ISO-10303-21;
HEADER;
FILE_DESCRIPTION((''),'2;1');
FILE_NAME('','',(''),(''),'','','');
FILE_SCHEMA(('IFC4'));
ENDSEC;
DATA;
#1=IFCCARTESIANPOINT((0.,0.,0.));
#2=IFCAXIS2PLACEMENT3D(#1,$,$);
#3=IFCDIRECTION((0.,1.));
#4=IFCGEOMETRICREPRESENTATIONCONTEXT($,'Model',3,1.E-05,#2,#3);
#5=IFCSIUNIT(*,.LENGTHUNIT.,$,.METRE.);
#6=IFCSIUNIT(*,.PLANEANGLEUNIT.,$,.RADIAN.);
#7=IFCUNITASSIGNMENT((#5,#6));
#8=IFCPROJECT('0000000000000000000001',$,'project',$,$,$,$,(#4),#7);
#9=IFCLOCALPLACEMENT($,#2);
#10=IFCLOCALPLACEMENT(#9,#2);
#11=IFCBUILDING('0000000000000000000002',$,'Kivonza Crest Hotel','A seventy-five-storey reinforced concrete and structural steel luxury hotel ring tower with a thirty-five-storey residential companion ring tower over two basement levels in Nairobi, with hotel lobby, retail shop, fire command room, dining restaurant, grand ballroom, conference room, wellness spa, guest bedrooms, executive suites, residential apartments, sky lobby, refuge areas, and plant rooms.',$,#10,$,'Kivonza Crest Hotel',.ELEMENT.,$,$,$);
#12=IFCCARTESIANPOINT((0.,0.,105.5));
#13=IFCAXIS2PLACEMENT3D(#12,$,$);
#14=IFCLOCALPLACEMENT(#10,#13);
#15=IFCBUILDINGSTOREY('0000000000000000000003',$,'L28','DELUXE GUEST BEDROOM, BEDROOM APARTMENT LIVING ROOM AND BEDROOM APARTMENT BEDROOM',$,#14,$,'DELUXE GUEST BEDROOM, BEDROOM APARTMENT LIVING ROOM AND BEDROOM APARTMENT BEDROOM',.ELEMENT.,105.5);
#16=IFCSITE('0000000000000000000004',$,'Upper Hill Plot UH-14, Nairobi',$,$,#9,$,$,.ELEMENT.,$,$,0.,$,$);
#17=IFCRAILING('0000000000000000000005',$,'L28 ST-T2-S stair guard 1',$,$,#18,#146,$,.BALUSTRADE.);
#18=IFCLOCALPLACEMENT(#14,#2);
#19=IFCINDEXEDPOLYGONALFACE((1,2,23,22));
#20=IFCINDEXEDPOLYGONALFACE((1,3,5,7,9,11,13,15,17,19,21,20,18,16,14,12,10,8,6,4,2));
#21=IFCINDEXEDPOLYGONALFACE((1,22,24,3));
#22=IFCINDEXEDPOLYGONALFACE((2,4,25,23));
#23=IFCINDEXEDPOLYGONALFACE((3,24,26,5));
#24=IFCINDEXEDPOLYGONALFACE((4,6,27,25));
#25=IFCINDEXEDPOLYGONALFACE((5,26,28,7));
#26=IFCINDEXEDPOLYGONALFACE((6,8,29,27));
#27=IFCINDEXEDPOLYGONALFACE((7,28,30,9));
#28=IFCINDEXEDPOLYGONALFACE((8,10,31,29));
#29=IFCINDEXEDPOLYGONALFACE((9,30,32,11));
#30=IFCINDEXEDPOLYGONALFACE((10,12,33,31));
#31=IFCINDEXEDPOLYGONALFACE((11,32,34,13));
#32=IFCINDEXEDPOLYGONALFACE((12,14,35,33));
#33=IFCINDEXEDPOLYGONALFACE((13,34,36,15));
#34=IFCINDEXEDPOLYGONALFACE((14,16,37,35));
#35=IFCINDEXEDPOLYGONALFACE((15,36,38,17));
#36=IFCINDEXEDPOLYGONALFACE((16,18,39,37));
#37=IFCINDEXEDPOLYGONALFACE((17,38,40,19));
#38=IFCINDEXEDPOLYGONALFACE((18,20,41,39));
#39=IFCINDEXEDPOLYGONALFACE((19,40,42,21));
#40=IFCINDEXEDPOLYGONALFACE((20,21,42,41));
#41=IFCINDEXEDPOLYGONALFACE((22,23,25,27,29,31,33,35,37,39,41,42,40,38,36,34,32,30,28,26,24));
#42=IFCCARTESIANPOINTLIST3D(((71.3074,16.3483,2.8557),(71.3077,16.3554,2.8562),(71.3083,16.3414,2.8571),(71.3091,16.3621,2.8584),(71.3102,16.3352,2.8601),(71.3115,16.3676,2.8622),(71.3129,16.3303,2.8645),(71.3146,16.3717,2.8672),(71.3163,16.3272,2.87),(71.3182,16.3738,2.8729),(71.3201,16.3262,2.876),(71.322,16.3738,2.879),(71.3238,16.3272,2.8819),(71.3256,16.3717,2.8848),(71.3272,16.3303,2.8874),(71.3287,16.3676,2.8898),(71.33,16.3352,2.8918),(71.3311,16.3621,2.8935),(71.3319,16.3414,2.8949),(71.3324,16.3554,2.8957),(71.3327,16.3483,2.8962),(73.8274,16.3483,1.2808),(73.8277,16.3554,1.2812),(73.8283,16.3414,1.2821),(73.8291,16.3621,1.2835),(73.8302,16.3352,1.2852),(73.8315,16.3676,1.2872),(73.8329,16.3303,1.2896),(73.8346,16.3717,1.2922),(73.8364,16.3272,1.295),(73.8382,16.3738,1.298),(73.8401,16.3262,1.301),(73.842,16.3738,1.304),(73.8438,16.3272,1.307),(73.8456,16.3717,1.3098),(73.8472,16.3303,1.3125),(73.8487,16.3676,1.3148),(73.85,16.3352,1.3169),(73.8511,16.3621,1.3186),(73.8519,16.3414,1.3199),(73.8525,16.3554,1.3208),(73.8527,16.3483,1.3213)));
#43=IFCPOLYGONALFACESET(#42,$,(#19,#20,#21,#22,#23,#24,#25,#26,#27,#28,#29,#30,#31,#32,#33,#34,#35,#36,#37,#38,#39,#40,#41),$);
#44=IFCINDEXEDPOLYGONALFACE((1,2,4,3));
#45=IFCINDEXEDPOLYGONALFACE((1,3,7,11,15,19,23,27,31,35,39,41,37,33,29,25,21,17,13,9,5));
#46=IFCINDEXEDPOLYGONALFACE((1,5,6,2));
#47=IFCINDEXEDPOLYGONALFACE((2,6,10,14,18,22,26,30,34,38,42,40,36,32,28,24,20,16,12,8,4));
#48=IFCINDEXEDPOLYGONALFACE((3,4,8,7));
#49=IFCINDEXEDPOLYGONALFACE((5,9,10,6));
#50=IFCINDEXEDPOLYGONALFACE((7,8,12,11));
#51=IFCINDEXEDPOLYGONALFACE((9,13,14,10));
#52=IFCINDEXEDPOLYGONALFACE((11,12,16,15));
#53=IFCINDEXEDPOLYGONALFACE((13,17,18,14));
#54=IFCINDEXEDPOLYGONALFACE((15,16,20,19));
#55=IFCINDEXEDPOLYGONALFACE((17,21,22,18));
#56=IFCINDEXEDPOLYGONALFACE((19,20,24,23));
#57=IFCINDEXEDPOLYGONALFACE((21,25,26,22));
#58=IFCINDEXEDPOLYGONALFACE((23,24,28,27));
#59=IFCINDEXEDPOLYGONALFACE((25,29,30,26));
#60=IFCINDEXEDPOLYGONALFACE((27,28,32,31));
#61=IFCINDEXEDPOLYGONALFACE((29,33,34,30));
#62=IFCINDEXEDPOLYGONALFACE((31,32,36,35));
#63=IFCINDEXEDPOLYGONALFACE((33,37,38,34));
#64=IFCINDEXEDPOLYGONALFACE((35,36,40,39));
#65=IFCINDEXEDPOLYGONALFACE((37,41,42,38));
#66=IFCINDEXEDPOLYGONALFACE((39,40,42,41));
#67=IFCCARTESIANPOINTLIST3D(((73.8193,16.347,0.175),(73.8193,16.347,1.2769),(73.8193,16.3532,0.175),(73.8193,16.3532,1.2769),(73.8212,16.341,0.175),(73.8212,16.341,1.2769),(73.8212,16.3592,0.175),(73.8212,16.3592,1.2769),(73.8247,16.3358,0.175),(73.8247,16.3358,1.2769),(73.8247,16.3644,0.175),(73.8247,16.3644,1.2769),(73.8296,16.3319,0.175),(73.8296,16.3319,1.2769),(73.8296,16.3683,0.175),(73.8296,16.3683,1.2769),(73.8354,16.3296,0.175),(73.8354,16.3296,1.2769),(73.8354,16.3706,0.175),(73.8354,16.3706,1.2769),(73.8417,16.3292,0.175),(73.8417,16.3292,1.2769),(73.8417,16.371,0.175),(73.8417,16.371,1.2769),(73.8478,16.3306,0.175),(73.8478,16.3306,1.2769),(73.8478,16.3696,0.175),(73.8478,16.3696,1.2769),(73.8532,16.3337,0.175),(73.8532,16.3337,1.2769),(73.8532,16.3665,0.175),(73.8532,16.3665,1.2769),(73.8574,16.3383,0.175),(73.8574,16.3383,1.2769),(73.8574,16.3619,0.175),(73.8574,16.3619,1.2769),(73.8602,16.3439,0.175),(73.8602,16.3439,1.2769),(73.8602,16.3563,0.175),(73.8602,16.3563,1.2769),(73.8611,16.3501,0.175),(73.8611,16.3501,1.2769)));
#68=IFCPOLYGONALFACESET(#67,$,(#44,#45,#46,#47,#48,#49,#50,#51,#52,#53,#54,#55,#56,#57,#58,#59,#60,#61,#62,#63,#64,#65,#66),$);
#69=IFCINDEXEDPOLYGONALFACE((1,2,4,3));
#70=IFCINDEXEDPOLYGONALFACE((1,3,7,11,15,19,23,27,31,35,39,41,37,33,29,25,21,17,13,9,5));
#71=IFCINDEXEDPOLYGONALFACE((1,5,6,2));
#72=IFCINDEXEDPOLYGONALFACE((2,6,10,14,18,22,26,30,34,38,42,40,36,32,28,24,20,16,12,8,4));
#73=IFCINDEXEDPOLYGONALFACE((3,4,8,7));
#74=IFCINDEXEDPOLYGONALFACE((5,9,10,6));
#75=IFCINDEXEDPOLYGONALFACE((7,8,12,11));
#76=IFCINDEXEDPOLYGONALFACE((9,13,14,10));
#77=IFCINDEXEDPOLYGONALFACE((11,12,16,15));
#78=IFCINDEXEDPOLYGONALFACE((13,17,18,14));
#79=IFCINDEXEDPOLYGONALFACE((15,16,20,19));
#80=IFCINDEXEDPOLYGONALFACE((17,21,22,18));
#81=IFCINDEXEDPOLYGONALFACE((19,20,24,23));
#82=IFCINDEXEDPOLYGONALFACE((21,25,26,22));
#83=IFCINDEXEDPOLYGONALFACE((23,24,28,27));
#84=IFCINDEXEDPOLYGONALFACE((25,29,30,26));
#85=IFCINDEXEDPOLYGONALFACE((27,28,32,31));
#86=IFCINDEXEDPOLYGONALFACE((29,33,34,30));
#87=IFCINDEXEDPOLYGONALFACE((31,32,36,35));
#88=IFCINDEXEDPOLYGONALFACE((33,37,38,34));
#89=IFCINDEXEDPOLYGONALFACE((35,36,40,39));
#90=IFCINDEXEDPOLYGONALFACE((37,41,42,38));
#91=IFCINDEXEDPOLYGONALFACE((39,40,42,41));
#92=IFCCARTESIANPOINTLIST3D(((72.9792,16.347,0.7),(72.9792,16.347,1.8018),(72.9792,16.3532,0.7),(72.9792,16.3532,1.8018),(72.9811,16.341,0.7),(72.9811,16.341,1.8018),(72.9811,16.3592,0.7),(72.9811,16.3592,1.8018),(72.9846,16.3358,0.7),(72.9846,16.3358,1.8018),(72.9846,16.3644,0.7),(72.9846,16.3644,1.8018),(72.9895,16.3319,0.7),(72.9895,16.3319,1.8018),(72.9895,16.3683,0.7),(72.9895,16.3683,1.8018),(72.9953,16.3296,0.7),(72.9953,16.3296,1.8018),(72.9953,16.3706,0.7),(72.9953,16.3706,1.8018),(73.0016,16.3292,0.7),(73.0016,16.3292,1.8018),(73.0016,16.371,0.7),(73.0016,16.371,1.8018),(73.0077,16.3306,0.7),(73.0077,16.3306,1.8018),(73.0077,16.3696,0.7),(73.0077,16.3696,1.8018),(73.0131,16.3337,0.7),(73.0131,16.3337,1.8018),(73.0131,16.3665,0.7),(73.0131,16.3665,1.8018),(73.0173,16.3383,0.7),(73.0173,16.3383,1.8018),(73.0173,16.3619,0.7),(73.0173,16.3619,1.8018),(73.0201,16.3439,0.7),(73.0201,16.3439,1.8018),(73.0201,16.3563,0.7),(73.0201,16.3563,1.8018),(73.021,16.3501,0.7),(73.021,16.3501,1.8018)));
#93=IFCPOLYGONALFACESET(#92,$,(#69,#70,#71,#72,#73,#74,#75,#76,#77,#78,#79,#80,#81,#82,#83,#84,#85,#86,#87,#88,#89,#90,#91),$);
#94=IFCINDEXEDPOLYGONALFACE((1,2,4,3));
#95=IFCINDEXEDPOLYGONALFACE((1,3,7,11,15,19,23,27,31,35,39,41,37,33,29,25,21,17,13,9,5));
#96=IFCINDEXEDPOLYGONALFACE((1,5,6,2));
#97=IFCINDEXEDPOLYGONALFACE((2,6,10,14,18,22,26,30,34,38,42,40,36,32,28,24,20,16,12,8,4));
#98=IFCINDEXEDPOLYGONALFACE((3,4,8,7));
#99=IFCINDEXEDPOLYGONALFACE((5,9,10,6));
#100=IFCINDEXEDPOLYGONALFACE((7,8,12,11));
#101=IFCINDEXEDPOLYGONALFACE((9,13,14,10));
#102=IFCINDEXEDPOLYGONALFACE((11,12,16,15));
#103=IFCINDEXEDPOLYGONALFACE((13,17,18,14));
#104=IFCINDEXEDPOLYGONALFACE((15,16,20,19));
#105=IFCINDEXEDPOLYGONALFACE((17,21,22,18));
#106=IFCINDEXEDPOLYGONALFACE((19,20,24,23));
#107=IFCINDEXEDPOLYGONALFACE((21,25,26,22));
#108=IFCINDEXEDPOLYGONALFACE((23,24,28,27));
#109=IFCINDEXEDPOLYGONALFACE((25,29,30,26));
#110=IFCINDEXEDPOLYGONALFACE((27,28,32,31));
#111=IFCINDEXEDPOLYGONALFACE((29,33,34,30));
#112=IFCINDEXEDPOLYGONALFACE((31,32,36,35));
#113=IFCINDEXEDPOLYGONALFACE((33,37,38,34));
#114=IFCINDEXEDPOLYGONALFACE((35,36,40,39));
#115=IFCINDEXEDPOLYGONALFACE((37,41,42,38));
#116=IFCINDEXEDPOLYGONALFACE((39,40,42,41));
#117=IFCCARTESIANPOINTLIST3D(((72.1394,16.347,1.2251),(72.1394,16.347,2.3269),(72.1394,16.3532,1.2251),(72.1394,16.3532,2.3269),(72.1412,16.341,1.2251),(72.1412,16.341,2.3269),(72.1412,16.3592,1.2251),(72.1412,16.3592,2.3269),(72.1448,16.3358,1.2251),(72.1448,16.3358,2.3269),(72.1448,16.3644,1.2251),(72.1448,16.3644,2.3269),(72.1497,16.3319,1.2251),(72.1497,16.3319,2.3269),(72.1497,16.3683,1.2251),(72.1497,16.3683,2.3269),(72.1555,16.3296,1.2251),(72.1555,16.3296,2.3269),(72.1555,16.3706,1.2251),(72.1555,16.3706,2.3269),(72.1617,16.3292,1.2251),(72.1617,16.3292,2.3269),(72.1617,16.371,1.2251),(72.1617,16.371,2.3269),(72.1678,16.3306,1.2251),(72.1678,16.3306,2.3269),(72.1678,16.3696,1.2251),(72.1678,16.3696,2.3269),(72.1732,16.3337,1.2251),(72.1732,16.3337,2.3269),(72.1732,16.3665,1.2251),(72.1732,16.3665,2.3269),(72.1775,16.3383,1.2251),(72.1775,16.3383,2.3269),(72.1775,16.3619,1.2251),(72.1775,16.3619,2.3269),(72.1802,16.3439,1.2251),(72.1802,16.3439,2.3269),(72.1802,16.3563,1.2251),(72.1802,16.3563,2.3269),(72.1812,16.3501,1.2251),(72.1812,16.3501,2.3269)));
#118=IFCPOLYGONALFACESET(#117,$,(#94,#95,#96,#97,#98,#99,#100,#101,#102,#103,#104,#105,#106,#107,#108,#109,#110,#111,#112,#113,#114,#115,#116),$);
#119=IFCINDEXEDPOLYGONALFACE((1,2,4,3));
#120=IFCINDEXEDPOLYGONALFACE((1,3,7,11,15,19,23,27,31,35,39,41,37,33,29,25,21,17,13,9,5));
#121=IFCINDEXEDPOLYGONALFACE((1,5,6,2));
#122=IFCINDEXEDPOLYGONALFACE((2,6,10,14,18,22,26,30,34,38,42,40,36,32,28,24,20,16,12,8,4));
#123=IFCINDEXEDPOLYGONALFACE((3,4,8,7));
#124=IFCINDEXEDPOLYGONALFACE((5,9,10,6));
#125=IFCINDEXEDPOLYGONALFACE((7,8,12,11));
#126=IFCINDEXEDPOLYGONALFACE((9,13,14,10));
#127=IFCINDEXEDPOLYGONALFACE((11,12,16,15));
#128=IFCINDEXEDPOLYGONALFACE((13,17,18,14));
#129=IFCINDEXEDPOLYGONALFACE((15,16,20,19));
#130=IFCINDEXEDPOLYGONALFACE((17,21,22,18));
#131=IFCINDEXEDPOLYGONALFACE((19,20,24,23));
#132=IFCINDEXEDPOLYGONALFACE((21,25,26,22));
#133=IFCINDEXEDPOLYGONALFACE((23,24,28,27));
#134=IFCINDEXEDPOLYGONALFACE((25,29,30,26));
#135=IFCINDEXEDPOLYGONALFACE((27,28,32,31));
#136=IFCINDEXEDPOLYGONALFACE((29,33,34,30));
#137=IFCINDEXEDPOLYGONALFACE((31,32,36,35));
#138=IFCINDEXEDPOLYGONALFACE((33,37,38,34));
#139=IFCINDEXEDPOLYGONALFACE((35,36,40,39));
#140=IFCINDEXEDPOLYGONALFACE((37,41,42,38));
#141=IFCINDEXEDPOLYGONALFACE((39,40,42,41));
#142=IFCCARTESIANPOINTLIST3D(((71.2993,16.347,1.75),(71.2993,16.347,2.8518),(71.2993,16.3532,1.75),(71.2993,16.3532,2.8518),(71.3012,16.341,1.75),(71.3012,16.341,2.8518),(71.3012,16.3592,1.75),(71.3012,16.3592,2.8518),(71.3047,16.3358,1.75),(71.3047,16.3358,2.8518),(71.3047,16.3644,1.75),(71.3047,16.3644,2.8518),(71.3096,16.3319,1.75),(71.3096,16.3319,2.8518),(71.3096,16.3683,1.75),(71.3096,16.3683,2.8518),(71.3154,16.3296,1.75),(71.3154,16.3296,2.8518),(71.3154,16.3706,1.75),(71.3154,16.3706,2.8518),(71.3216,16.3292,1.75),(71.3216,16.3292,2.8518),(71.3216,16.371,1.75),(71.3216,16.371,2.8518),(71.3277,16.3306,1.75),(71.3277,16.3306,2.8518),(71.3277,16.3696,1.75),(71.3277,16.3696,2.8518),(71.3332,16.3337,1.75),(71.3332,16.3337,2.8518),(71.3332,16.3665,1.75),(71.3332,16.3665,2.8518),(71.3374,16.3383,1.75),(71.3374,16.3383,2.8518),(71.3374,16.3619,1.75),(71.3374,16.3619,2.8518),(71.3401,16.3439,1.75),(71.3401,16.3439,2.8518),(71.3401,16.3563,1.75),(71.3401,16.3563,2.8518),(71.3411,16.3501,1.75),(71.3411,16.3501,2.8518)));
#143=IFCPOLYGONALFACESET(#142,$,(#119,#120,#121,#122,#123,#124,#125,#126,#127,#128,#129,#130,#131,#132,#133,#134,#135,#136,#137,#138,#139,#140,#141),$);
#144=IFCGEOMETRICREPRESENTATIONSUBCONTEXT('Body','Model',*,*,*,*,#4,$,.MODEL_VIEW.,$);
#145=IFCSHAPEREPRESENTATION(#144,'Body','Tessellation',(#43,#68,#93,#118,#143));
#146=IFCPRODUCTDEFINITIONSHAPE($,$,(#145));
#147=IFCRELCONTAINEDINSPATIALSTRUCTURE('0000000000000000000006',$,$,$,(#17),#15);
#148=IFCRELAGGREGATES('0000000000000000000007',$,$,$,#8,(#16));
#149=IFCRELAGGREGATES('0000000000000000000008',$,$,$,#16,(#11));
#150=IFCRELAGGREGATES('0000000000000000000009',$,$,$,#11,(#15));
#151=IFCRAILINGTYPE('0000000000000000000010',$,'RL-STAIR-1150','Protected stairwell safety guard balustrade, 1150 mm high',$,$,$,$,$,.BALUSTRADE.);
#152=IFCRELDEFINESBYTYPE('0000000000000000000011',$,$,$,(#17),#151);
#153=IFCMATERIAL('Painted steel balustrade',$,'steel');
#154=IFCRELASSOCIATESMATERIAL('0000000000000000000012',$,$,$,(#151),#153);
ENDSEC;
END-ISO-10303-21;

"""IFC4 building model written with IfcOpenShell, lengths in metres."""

from ifc_helpers import new_model, si_unit, direction, frame, origin, origin_2d, place, context, subcontext, project, spatial, circle, extrude, material, type_object, element, save


model = new_model("IFC4")

# Units and contexts
model_context = context("Model", 3, precision=1e-05, world=origin(), true_north=direction((0.0, 1.0)))
body_context = subcontext(model_context, "Body", "Model", "MODEL_VIEW")
ifc_project = project(units=[si_unit("LENGTHUNIT", "METRE"), si_unit("PLANEANGLEUNIT", "RADIAN")], contexts=[model_context])

# Site, building, storey
site_placement = place(None, origin())
site = spatial("IfcSite", under=ifc_project, at=site_placement, Name="Upper Hill Plot UH-14, Nairobi", CompositionType="ELEMENT", RefElevation=0.0)
building_placement = place(site_placement, origin())
building = spatial("IfcBuilding", under=site, at=building_placement, Name="Kivonza Crest Hotel", Description="A seventy-five-storey reinforced concrete and structural steel luxury hotel ring tower with a thirty-five-storey residential companion ring tower over two basement levels in Nairobi, with hotel lobby, retail shop, fire command room, dining restaurant, grand ballroom, conference room, wellness spa, guest bedrooms, executive suites, residential apartments, sky lobby, refuge areas, and plant rooms.", LongName="Kivonza Crest Hotel", CompositionType="ELEMENT")
storey_placement = place(building_placement, frame((0.0, 0.0, 105.5)))
storey = spatial("IfcBuildingStorey", under=building, at=storey_placement, Name="L28", Description="DELUXE GUEST BEDROOM, BEDROOM APARTMENT LIVING ROOM AND BEDROOM APARTMENT BEDROOM", LongName="DELUXE GUEST BEDROOM, BEDROOM APARTMENT LIVING ROOM AND BEDROOM APARTMENT BEDROOM", CompositionType="ELEMENT", Elevation=105.5)

# Railing
ifc_material_1 = material(Name="Painted steel balustrade", Category="steel")
railing_type_1 = type_object("IfcRailingType", Name="RL-STAIR-1150", Description="Protected stairwell safety guard balustrade, 1150 mm high", PredefinedType="BALUSTRADE", material=ifc_material_1)
railing_1_placement = place(storey_placement, frame((73.8401, 16.3501, 0.175)))
element("IfcRailing", 1, at=railing_1_placement, inside=storey, type_object=railing_type_1, Name="L28 ST-T2-S stair guard 1", PredefinedType="BALUSTRADE", context=body_context, shape_type="SweptSolid", body=[
    extrude(circle(Radius=0.0239, at=origin_2d()), frame((0.0, 0.0, 1.126), z_axis=(-0.848008, 0.0, 0.529984), x_axis=(0.0, -1.0, 0.0)), (0.0, 0.0, 1.0), 2.9717),
    extrude(circle(Radius=0.021, at=origin_2d()), origin(), (0.0, 0.0, 1.0), 1.1018),
    extrude(circle(Radius=0.021, at=origin_2d()), frame((-0.8401, 0.0, 0.5249)), (0.0, 0.0, 1.0), 1.1018),
    extrude(circle(Radius=0.021, at=origin_2d()), frame((-1.6799, 0.0, 1.05)), (0.0, 0.0, 1.0), 1.1018),
    extrude(circle(Radius=0.021, at=origin_2d()), frame((-2.52, 0.0, 1.575)), (0.0, 0.0, 1.0), 1.1018),
])

save(model, "model.ifc")
